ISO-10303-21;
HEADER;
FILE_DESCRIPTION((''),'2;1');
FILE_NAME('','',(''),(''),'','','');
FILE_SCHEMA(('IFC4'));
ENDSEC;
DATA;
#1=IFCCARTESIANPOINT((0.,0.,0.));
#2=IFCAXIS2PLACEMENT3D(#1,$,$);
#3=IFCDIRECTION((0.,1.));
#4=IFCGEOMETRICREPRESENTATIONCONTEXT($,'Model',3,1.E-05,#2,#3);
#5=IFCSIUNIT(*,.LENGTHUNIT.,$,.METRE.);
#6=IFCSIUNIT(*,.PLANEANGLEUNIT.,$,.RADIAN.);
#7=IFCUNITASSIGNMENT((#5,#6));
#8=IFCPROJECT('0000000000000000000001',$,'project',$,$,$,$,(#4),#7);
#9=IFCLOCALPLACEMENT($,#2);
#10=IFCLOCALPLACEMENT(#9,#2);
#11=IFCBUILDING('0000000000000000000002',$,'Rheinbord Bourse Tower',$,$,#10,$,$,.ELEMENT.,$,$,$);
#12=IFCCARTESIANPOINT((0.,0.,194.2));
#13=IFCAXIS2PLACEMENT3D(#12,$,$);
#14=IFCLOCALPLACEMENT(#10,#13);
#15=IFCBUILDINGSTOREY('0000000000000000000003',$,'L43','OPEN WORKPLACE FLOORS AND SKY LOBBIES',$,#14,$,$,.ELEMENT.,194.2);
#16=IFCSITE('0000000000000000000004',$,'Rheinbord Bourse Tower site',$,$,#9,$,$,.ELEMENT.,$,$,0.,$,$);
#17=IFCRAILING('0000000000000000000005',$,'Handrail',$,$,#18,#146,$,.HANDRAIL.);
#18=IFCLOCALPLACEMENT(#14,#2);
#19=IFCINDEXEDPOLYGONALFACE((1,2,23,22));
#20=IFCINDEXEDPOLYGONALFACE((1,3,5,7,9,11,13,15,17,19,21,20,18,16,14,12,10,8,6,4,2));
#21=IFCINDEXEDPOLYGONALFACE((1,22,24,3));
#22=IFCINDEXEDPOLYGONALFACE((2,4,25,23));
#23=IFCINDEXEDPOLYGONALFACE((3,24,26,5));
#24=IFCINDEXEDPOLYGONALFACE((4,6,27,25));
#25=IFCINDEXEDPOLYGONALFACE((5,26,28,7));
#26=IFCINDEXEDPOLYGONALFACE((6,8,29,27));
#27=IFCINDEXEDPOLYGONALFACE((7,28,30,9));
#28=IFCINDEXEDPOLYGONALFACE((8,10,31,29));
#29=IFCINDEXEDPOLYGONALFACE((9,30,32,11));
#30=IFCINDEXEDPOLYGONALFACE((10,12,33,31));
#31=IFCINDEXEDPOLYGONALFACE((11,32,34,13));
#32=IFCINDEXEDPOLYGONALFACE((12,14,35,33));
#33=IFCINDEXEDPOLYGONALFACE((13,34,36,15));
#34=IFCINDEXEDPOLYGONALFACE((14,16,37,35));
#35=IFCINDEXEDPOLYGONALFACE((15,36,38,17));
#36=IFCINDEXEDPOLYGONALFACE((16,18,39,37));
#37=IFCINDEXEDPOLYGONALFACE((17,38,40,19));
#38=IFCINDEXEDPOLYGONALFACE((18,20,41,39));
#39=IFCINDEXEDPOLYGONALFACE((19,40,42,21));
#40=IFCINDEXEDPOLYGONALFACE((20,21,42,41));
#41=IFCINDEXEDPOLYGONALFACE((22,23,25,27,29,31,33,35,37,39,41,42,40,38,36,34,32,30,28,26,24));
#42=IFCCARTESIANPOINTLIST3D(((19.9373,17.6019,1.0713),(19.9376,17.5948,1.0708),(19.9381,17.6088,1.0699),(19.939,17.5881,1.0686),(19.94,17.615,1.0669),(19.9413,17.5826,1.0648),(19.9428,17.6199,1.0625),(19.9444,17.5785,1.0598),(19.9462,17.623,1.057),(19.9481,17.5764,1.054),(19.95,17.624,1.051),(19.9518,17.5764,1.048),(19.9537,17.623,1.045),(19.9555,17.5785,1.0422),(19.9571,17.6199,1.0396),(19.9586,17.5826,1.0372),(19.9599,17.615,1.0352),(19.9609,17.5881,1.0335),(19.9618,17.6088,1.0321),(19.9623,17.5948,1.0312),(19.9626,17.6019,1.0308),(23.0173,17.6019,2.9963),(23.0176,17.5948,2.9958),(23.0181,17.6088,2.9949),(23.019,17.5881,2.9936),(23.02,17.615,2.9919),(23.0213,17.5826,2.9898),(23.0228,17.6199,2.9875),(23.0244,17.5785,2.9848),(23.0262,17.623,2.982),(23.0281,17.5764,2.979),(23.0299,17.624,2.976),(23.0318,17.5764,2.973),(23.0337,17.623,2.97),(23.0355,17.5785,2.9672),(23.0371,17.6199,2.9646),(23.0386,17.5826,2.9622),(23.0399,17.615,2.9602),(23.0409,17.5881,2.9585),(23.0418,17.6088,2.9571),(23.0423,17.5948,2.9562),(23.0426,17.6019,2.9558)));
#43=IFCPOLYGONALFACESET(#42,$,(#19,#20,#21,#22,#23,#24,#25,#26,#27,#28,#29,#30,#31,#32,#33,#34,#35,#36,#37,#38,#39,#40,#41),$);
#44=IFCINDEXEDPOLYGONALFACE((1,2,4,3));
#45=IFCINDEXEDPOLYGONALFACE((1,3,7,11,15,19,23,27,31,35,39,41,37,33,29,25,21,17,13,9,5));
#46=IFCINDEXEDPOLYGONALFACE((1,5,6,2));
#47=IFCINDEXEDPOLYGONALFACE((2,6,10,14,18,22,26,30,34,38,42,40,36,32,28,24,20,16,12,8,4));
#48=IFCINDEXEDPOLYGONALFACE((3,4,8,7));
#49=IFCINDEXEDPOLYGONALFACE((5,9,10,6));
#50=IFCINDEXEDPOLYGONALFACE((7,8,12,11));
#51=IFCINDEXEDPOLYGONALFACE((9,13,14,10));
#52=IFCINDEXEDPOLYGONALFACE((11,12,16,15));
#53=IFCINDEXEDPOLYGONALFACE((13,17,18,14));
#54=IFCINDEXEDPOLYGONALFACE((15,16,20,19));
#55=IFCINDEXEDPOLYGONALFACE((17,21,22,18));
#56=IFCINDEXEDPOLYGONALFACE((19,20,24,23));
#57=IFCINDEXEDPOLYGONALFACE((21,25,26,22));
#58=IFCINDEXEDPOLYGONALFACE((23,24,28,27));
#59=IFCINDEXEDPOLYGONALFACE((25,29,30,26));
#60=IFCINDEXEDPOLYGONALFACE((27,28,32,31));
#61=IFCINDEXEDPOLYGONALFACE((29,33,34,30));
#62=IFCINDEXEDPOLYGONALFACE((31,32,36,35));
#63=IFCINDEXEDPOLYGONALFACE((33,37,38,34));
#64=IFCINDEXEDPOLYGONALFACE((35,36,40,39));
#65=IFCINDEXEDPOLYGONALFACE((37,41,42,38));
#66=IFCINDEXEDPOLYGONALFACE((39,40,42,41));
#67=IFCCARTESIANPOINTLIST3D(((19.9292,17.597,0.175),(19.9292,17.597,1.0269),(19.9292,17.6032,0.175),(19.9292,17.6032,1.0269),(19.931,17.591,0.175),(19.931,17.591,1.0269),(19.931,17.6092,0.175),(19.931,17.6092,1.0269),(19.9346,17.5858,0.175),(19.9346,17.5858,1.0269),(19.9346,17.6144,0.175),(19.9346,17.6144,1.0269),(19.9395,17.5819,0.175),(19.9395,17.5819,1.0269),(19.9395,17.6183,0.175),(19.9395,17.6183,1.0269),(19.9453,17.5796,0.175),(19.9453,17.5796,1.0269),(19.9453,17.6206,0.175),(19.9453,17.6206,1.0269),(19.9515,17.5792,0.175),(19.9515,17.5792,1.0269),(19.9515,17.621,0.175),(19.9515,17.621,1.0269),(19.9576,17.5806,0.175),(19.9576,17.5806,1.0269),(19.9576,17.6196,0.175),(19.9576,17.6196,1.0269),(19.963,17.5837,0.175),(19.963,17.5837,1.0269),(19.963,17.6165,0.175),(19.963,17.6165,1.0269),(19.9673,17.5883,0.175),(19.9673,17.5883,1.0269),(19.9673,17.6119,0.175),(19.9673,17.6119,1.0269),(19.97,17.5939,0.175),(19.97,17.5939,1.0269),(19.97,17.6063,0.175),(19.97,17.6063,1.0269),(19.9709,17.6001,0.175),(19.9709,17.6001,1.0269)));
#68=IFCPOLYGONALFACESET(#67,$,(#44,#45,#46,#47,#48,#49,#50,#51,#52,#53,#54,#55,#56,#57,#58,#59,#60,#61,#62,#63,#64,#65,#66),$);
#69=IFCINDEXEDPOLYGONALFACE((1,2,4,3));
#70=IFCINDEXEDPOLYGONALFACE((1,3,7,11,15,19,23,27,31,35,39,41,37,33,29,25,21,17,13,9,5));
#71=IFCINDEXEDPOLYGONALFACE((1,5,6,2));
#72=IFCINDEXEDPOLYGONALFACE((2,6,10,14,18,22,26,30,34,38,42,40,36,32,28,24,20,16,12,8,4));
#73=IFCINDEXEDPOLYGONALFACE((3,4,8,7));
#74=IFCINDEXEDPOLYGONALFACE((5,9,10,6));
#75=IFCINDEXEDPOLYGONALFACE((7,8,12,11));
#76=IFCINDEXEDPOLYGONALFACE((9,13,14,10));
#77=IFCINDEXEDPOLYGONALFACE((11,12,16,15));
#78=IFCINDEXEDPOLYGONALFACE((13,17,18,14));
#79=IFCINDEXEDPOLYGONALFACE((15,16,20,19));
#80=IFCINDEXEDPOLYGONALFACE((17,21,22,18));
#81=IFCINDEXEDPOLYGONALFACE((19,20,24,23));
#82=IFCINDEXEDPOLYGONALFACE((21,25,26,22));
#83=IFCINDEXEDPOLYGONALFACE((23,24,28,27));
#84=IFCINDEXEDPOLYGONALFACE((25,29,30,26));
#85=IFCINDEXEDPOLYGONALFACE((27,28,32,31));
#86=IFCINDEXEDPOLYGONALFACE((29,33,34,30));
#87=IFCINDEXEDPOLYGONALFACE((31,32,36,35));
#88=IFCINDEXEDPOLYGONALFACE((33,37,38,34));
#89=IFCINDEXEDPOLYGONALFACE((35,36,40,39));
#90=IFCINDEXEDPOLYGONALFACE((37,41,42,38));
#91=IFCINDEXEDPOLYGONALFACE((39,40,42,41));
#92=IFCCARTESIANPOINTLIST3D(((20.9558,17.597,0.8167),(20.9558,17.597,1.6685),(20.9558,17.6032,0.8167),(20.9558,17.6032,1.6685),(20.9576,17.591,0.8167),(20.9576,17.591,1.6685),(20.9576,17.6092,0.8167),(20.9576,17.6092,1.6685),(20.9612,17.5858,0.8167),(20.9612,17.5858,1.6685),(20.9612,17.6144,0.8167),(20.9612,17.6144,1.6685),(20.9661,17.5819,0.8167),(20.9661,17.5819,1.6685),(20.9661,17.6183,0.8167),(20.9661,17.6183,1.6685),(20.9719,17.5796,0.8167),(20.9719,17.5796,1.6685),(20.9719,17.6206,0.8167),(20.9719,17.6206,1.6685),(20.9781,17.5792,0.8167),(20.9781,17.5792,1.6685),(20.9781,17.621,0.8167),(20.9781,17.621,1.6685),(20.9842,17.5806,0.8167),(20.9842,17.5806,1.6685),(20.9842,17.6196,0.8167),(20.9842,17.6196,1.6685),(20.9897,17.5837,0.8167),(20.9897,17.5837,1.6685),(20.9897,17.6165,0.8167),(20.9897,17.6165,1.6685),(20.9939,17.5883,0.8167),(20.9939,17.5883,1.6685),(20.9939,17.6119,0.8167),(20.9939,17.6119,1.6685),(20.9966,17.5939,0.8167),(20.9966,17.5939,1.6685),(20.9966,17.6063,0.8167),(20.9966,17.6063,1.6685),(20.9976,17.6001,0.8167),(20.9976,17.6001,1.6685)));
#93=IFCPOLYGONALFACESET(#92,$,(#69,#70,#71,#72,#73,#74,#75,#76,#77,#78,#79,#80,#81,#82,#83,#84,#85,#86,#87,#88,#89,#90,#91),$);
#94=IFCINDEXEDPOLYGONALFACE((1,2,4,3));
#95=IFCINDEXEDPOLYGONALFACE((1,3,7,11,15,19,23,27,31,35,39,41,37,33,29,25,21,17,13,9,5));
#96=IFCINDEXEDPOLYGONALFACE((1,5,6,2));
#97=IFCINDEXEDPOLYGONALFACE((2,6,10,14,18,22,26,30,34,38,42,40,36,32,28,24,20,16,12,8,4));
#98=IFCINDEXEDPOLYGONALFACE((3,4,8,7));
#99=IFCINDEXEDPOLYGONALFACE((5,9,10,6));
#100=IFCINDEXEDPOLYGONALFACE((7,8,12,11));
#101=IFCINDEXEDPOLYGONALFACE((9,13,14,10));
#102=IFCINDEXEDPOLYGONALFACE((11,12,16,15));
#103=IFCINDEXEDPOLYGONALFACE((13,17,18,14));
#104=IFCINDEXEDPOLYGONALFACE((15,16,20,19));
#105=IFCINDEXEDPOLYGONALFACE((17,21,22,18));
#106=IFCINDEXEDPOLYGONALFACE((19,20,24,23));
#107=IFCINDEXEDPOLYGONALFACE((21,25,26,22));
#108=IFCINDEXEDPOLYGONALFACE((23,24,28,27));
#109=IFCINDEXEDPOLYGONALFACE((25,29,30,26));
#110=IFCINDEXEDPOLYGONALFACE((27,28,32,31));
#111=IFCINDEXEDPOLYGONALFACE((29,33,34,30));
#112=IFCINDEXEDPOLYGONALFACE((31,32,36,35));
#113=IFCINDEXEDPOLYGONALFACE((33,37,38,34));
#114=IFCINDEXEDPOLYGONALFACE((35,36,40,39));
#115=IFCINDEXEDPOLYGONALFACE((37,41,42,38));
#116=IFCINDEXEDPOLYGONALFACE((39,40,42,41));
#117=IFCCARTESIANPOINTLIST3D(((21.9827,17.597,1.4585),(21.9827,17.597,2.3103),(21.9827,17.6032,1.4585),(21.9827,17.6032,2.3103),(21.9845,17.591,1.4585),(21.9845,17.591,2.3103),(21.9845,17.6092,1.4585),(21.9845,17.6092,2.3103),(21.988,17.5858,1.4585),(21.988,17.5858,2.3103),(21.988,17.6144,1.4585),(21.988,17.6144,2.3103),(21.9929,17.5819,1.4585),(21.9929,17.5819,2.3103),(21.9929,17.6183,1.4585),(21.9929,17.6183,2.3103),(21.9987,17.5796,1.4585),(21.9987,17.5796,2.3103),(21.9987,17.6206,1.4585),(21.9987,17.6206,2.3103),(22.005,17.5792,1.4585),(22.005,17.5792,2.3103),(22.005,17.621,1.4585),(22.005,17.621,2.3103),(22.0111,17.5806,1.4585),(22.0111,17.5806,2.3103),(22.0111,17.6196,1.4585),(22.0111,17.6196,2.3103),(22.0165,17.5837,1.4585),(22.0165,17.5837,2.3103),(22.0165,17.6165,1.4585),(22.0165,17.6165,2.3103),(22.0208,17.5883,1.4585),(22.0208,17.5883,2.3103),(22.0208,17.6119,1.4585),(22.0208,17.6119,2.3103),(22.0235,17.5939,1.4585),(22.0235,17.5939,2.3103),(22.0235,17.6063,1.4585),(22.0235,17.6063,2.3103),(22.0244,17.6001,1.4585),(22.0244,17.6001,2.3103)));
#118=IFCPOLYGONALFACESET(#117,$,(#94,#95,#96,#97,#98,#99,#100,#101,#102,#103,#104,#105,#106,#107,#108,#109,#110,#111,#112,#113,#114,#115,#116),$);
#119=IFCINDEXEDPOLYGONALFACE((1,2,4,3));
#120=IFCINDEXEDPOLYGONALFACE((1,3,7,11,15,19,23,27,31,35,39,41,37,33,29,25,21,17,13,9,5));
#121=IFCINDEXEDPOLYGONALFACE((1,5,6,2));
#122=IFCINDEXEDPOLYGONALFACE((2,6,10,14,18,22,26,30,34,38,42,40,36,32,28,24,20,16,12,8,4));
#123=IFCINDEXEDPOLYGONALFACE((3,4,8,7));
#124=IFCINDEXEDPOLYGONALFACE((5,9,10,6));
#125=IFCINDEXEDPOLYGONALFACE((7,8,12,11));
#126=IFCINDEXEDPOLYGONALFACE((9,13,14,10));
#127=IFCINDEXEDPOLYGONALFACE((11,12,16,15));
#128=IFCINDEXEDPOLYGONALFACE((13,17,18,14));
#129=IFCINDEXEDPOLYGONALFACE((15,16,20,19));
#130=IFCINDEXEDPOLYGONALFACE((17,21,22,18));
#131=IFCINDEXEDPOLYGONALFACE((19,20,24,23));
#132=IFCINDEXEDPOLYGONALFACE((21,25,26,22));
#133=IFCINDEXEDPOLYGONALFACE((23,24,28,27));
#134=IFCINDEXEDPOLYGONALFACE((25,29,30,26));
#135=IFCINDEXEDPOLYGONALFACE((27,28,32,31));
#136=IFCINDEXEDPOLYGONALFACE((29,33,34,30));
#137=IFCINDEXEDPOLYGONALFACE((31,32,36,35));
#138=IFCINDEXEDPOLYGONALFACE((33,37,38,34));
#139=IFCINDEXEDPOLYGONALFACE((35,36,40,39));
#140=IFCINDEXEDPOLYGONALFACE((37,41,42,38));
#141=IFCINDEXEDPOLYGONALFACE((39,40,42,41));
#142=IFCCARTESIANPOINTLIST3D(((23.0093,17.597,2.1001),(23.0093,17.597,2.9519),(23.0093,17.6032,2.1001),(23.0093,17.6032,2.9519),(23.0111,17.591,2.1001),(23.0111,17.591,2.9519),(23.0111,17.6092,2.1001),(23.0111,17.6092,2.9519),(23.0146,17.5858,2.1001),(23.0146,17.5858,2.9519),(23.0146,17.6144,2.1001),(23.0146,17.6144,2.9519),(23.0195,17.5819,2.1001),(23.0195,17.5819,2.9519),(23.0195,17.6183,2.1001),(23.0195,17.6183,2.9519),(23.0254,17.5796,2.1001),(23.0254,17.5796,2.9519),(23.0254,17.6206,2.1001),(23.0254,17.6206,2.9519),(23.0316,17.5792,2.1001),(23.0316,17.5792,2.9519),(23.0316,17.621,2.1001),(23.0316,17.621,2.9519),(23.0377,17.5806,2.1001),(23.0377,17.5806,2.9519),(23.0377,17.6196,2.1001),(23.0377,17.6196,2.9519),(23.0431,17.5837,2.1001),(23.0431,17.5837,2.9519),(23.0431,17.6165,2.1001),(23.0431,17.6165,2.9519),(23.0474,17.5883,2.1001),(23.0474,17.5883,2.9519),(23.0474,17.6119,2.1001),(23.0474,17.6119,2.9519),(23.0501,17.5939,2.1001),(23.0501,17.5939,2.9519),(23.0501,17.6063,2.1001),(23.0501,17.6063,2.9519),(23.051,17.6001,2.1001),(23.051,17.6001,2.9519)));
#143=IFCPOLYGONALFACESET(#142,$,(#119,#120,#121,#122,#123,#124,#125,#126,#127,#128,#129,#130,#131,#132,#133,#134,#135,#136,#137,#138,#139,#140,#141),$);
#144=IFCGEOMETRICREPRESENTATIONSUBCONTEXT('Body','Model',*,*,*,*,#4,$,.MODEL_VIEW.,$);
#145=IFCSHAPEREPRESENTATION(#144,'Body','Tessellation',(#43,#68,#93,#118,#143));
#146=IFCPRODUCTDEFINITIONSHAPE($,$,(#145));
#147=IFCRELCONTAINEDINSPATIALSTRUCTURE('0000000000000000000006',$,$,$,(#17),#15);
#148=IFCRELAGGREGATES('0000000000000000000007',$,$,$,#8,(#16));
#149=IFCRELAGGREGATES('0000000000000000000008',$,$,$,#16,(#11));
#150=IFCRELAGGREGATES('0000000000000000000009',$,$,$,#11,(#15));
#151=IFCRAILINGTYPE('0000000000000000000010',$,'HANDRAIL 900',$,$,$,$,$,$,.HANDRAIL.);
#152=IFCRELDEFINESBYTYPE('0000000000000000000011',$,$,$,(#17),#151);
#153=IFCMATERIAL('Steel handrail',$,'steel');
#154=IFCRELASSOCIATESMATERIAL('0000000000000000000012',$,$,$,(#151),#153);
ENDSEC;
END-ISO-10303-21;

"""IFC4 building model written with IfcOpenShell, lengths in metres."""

from ifc_helpers import new_model, si_unit, direction, frame, origin, origin_2d, place, context, subcontext, project, spatial, circle, extrude, material, type_object, element, save


model = new_model("IFC4")

# Units and contexts
model_context = context("Model", 3, precision=1e-05, world=origin(), true_north=direction((0.0, 1.0)))
body_context = subcontext(model_context, "Body", "Model", "MODEL_VIEW")
ifc_project = project(units=[si_unit("LENGTHUNIT", "METRE"), si_unit("PLANEANGLEUNIT", "RADIAN")], contexts=[model_context])

# Site, building, storey
site_placement = place(None, origin())
site = spatial("IfcSite", under=ifc_project, at=site_placement, Name="Rheinbord Bourse Tower site", CompositionType="ELEMENT", RefElevation=0.0)
building_placement = place(site_placement, origin())
building = spatial("IfcBuilding", under=site, at=building_placement, Name="Rheinbord Bourse Tower", CompositionType="ELEMENT")
storey_placement = place(building_placement, frame((0.0, 0.0, 194.2)))
storey = spatial("IfcBuildingStorey", under=building, at=storey_placement, Name="L43", Description="OPEN WORKPLACE FLOORS AND SKY LOBBIES", CompositionType="ELEMENT", Elevation=194.2)

# Railing
ifc_material_1 = material(Name="Steel handrail", Category="steel")
railing_type = type_object("IfcRailingType", Name="HANDRAIL 900", PredefinedType="HANDRAIL", material=ifc_material_1)
railing_1_placement = place(storey_placement, frame((19.95, 17.6001, 0.175)))
element("IfcRailing", 1, at=railing_1_placement, inside=storey, type_object=railing_type, Name="Handrail", PredefinedType="HANDRAIL", context=body_context, shape_type="SweptSolid", body=[
    extrude(circle(Radius=0.0239, at=origin_2d()), frame((0.0, 0.0, 0.876), z_axis=(0.847998, 0.0, 0.529999), x_axis=(0.0, 1.0, 0.0)), (0.0, 0.0, 1.0), 3.6321),
    extrude(circle(Radius=0.021, at=origin_2d()), origin(), (0.0, 0.0, 1.0), 0.8518),
    extrude(circle(Radius=0.021, at=origin_2d()), frame((1.0266, 0.0, 0.6416)), (0.0, 0.0, 1.0), 0.8518),
    extrude(circle(Radius=0.021, at=origin_2d()), frame((2.0535, 0.0, 1.2834)), (0.0, 0.0, 1.0), 0.8518),
    extrude(circle(Radius=0.021, at=origin_2d()), frame((3.0801, 0.0, 1.925)), (0.0, 0.0, 1.0), 0.8518),
])

save(model, "model.ifc")
